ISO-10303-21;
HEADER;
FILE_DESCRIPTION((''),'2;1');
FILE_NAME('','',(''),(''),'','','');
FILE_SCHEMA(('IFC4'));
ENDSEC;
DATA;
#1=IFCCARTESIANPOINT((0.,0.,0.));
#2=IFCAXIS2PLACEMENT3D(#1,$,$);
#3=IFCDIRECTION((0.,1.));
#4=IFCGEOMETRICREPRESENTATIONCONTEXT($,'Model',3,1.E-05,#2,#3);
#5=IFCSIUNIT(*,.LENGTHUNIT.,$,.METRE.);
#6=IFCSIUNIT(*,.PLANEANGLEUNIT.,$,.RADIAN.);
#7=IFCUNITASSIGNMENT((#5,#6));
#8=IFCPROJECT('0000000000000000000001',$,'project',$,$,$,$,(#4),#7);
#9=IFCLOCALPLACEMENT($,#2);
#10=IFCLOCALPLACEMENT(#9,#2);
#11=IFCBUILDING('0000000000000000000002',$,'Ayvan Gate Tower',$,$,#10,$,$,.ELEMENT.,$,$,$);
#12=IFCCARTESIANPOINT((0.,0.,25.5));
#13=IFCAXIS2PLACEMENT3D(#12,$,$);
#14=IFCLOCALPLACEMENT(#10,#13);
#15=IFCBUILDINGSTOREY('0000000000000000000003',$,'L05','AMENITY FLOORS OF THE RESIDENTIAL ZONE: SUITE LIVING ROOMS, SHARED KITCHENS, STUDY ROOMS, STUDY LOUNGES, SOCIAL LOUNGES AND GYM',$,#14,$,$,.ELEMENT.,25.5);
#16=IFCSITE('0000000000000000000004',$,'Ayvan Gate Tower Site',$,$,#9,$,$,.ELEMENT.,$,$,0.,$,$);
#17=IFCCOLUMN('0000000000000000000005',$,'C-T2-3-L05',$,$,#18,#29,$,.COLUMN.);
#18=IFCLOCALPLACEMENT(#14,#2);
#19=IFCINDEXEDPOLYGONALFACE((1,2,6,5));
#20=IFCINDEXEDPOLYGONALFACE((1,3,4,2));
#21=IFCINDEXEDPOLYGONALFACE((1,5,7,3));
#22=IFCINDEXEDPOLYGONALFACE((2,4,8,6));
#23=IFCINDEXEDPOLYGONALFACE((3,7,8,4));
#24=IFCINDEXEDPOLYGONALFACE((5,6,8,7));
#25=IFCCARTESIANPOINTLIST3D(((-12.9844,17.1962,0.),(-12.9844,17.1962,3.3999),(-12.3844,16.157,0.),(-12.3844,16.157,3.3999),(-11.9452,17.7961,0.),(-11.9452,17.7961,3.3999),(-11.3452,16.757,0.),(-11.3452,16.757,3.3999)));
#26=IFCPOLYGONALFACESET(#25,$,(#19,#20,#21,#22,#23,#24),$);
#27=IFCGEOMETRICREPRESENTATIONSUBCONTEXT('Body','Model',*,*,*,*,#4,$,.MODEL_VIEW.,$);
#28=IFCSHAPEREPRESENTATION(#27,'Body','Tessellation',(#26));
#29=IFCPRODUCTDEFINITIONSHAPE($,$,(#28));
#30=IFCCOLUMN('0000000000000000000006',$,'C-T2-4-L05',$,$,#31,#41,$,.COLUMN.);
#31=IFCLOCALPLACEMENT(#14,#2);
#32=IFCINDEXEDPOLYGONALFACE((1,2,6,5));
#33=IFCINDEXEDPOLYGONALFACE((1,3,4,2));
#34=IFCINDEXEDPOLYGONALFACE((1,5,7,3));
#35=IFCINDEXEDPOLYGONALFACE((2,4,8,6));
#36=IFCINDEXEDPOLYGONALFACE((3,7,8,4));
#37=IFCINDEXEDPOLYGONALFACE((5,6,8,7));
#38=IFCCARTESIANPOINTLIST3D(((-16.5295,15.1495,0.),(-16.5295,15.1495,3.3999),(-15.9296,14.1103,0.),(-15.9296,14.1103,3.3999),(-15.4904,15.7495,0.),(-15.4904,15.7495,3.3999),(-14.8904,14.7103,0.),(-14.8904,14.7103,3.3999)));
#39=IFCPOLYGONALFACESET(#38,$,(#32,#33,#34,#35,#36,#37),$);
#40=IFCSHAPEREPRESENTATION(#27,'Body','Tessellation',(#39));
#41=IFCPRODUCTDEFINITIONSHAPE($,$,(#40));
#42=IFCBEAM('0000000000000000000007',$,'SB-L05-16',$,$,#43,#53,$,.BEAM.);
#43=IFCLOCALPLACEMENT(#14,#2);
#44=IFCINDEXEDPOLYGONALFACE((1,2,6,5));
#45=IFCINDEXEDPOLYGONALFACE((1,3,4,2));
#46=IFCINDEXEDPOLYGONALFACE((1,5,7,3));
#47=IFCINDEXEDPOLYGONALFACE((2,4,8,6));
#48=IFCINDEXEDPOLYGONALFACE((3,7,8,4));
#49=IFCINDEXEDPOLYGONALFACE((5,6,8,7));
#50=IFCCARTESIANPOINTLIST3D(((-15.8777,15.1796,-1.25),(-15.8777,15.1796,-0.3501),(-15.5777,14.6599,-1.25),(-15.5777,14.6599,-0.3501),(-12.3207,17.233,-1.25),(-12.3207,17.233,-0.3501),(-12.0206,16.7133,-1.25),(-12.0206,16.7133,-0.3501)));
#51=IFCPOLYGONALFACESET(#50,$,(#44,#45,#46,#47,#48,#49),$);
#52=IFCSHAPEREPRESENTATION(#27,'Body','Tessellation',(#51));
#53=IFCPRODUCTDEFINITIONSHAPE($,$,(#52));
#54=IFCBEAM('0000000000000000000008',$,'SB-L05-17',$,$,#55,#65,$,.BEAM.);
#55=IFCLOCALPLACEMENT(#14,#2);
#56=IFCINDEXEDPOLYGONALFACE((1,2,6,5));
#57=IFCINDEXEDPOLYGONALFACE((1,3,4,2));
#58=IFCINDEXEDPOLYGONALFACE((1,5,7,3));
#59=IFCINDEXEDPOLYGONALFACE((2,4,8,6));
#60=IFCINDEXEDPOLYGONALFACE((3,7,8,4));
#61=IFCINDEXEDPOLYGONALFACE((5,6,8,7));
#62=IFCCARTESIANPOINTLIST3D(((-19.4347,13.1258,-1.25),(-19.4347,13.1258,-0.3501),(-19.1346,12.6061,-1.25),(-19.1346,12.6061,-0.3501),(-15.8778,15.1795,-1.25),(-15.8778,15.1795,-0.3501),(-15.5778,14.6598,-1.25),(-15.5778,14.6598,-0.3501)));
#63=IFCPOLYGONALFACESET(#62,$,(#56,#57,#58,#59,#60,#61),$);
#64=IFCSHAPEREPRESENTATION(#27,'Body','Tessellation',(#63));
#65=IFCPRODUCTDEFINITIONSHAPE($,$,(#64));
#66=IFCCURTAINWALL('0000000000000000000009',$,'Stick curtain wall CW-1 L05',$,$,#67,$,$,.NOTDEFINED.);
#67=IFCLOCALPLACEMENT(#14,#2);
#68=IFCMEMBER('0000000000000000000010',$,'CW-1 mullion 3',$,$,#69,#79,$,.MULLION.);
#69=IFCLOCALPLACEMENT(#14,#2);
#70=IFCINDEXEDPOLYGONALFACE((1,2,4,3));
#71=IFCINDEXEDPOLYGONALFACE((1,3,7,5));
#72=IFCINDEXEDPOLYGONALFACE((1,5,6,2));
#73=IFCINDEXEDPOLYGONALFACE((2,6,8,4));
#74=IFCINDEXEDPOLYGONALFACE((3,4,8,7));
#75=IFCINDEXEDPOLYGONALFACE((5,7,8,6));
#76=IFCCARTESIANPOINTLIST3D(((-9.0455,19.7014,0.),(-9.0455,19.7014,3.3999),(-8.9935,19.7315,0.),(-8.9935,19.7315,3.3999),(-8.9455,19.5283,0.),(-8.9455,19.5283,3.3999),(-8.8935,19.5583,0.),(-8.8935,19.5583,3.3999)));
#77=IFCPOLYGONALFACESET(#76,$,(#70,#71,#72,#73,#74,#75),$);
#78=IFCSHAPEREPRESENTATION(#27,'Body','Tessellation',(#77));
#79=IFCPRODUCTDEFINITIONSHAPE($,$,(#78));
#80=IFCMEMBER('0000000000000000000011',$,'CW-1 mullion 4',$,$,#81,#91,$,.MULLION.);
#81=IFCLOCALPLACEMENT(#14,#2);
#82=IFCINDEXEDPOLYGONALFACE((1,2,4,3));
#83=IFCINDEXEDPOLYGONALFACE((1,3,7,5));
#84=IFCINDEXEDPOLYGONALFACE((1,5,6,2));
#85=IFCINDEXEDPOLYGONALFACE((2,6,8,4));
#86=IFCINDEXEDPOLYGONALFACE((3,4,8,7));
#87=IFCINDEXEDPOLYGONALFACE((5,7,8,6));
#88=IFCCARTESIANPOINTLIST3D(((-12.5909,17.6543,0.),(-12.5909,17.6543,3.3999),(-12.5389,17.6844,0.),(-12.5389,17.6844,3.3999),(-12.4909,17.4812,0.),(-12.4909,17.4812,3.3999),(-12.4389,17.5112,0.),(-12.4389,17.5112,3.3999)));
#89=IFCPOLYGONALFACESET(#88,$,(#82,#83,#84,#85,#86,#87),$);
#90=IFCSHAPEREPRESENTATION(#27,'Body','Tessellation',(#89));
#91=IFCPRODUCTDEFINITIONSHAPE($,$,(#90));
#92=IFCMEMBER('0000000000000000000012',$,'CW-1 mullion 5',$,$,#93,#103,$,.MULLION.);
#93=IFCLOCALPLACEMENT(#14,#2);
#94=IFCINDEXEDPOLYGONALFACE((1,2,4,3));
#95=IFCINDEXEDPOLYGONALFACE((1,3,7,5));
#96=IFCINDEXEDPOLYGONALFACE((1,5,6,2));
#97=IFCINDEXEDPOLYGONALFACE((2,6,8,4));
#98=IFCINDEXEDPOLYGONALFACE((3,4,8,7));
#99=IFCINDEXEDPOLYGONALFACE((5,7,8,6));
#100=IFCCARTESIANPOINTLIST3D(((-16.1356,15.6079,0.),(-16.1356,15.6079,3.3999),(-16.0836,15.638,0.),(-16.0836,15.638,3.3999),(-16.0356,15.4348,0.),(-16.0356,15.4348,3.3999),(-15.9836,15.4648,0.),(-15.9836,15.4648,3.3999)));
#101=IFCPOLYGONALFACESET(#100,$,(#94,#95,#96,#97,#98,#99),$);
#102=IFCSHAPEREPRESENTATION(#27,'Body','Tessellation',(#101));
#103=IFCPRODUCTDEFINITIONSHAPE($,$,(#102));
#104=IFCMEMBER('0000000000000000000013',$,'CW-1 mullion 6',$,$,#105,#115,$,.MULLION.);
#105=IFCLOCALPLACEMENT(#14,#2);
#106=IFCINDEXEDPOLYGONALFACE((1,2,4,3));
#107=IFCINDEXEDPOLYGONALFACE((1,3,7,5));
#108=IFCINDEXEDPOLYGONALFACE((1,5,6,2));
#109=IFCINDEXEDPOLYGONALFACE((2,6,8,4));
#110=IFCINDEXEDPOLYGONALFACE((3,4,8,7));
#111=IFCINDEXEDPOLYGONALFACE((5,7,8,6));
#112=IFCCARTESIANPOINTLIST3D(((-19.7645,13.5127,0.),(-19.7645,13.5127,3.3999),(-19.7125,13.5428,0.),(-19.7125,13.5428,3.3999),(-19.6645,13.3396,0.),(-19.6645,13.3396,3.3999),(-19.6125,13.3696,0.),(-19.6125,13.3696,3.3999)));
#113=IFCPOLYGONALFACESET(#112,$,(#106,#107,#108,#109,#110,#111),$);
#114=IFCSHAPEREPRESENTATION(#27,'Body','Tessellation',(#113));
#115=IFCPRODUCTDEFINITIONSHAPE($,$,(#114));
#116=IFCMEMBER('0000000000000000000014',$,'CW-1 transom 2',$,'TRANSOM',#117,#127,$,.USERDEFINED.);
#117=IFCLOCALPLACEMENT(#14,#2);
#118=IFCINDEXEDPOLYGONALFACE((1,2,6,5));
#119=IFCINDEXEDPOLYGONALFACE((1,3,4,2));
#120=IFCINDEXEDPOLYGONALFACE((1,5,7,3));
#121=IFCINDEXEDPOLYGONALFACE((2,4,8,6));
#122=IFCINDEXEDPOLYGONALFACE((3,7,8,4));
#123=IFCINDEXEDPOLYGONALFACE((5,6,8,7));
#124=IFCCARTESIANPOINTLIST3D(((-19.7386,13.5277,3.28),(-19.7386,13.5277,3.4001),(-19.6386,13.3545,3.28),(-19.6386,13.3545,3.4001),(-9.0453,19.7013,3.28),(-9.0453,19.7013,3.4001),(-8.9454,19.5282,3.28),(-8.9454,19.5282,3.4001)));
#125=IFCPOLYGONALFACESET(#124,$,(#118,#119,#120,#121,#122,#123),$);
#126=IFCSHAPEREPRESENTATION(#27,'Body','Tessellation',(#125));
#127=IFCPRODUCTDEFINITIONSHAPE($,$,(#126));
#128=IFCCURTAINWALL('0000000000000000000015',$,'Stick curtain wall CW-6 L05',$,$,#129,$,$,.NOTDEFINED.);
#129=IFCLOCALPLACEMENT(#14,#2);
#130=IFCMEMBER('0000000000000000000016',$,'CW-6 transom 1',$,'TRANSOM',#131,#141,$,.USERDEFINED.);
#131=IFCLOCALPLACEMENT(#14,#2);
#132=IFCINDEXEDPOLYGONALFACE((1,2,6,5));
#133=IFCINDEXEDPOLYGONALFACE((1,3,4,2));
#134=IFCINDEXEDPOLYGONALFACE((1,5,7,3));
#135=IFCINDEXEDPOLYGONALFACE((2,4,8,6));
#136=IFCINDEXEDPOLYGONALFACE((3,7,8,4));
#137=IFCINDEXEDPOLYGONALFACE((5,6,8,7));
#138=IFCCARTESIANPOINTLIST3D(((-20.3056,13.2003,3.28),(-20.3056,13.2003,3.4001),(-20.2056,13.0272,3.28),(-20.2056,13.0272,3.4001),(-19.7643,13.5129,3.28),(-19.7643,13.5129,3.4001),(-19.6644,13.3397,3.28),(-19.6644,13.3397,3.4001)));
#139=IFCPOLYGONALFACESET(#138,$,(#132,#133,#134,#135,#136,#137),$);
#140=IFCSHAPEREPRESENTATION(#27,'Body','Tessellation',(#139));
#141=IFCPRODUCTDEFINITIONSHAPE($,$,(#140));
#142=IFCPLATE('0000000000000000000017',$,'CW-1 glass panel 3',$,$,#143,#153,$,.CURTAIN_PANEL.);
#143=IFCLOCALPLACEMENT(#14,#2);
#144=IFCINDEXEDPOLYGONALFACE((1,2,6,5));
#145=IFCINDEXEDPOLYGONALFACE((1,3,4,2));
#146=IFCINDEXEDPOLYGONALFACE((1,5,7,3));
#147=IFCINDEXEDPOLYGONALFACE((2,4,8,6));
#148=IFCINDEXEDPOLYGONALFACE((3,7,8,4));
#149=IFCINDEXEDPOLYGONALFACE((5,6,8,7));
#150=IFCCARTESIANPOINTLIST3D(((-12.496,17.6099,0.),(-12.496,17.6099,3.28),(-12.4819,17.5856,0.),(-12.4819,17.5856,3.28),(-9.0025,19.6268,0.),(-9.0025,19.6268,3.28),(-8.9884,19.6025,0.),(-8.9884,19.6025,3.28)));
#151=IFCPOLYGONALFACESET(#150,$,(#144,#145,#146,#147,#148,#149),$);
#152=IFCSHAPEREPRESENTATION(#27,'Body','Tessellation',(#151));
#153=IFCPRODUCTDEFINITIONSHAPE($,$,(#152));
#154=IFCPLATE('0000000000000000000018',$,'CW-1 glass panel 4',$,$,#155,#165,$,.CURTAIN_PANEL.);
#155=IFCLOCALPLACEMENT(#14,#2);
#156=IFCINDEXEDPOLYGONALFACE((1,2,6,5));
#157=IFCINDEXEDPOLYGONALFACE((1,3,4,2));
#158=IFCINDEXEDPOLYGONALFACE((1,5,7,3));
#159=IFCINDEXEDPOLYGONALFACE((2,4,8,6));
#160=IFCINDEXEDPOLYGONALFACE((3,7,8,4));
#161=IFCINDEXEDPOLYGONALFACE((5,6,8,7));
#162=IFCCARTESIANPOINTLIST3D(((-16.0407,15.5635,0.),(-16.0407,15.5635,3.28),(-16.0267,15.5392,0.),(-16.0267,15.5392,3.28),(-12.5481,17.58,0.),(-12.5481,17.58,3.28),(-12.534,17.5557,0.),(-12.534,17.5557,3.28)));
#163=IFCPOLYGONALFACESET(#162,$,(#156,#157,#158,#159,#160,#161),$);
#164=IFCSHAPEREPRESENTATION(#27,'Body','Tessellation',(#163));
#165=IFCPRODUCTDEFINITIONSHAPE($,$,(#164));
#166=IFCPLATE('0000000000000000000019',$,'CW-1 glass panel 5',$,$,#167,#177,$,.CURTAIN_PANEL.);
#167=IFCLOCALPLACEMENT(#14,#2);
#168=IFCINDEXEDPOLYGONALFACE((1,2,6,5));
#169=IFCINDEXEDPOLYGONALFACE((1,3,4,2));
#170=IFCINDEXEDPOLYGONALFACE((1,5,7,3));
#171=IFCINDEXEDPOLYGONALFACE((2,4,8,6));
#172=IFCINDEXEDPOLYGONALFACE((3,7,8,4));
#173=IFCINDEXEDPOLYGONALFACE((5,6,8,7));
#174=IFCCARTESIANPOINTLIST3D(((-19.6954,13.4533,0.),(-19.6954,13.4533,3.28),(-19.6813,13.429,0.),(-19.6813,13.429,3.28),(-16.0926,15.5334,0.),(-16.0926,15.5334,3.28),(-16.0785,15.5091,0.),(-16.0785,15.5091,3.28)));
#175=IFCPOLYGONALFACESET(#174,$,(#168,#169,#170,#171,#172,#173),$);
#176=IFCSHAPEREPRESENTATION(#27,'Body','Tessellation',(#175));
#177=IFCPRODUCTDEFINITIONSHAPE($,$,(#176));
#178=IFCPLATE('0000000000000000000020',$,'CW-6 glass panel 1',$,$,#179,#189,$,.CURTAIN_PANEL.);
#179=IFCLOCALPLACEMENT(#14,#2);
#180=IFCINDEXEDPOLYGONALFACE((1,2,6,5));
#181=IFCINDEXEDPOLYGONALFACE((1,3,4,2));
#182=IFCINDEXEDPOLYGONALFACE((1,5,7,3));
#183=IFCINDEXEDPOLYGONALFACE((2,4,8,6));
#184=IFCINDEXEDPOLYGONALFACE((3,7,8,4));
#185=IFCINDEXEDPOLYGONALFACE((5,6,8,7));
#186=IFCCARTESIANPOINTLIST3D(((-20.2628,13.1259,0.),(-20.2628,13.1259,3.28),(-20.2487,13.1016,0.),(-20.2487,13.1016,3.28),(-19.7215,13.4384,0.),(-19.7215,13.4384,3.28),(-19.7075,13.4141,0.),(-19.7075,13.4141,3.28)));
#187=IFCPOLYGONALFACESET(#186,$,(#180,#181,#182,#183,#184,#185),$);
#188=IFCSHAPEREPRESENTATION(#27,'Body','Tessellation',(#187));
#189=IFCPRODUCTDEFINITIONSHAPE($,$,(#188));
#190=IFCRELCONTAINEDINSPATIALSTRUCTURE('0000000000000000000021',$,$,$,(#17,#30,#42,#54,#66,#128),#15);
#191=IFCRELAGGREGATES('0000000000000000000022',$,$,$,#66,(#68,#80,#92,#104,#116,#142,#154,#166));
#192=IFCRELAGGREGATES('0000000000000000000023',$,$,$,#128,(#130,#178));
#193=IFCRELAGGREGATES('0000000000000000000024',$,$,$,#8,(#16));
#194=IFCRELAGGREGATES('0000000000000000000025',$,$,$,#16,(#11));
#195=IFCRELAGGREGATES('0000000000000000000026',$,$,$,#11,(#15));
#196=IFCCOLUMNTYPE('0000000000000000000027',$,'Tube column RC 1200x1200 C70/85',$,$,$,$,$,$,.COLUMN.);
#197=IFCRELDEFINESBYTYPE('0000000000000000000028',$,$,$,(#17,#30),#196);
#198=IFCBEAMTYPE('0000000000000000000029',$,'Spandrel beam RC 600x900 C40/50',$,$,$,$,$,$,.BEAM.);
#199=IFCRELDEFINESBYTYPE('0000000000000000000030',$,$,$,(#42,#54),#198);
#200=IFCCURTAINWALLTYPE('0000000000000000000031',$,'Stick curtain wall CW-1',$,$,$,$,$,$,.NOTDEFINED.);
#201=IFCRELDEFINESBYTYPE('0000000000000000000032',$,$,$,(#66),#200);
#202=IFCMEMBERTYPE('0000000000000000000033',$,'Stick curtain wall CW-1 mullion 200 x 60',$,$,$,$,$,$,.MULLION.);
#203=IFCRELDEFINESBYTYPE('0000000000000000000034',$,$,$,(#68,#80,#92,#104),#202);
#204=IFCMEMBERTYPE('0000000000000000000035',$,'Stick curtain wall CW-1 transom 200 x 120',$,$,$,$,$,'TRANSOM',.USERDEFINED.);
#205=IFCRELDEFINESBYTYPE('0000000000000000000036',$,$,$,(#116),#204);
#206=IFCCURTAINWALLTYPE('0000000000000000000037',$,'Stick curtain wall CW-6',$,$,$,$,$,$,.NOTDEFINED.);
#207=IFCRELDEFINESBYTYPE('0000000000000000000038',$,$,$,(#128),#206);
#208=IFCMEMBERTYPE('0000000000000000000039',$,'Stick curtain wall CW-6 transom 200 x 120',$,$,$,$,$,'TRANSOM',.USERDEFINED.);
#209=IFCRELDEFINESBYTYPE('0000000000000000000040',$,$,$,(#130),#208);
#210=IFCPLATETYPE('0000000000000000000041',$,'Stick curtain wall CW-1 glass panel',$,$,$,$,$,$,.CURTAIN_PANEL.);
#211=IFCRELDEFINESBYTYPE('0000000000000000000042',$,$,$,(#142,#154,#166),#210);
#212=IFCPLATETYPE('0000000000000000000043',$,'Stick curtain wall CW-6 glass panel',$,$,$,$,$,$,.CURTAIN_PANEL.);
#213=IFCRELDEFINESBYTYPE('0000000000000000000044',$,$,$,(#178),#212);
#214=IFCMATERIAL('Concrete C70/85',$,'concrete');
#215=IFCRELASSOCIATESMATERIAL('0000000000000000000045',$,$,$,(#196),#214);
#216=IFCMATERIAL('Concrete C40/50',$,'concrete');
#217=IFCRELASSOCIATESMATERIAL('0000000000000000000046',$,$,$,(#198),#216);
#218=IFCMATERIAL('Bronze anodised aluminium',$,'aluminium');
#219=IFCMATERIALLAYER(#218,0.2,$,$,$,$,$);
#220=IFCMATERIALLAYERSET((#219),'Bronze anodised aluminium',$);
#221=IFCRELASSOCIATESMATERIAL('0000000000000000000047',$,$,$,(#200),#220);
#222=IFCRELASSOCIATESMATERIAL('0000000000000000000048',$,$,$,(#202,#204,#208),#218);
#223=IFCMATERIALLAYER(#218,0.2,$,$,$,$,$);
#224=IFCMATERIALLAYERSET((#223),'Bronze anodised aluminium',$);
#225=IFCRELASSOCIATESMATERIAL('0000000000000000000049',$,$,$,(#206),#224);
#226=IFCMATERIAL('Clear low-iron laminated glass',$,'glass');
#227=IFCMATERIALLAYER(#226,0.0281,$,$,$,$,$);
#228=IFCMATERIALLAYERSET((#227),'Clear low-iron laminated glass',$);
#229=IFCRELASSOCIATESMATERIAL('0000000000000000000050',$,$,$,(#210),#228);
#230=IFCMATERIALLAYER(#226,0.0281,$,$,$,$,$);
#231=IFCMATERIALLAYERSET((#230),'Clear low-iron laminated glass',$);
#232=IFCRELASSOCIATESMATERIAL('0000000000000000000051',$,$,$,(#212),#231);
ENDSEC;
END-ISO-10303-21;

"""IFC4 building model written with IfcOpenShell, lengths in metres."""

from ifc_helpers import new_model, si_unit, direction, frame, origin, origin_2d, place, context, subcontext, project, spatial, rectangle, extrude, material, layer, layer_set, material_profile, profile_set, type_object, element, aggregate, save


model = new_model("IFC4")

# Units and contexts
model_context = context("Model", 3, precision=1e-05, world=origin(), true_north=direction((0.0, 1.0)))
body_context = subcontext(model_context, "Body", "Model", "MODEL_VIEW")
ifc_project = project(units=[si_unit("LENGTHUNIT", "METRE"), si_unit("PLANEANGLEUNIT", "RADIAN")], contexts=[model_context])

# Site, building, storey
site_placement = place(None, origin())
site = spatial("IfcSite", under=ifc_project, at=site_placement, Name="Ayvan Gate Tower Site", CompositionType="ELEMENT", RefElevation=0.0)
building_placement = place(site_placement, origin())
building = spatial("IfcBuilding", under=site, at=building_placement, Name="Ayvan Gate Tower", CompositionType="ELEMENT")
storey_placement = place(building_placement, frame((0.0, 0.0, 25.5)))
storey = spatial("IfcBuildingStorey", under=building, at=storey_placement, Name="L05", Description="AMENITY FLOORS OF THE RESIDENTIAL ZONE: SUITE LIVING ROOMS, SHARED KITCHENS, STUDY ROOMS, STUDY LOUNGES, SOCIAL LOUNGES AND GYM", CompositionType="ELEMENT", Elevation=25.5)

# Columns
ifc_material_1 = material(Name="Concrete C70/85", Category="concrete")
ifc_material_profile_1 = material_profile(ifc_material_1, rectangle(XDim=1.2, YDim=1.2, at=origin_2d()), Name="RC 1200x1200")
ifc_profile_set_1 = profile_set([ifc_material_profile_1], Name="Concrete C70/85")
column_type = type_object("IfcColumnType", Name="Tube column RC 1200x1200 C70/85", PredefinedType="COLUMN", material=ifc_profile_set_1)
for number, where, z_axis, x_axis, name in (
    (1, (-12.1648, 16.9766, 0.0), (0.0, 0.0, 1.0), (-0.5, 0.866025, 0.0), "C-T2-3-L05"),
    (2, (-15.71, 14.9299, 0.0), (0.0, 0.0, 1.0), (-0.5, 0.866025, 0.0), "C-T2-4-L05"),
):
    element("IfcColumn", number, at=place(storey_placement, frame(where, z_axis=z_axis, x_axis=x_axis)), inside=storey, type_object=column_type, Name=name, PredefinedType="COLUMN", context=body_context, shape_type="SweptSolid", body=[
        extrude(rectangle(XDim=1.2, YDim=1.2, at=origin_2d()), origin(), (0.0, 0.0, 1.0), 3.3999),
    ])

# Beams
ifc_material_2 = material(Name="Concrete C40/50", Category="concrete")
ifc_material_profile_2 = material_profile(ifc_material_2, rectangle(XDim=0.6001, YDim=0.8999, at=origin_2d()), Name="RC 600x900")
ifc_profile_set_2 = profile_set([ifc_material_profile_2], Name="Concrete C40/50")
beam_type = type_object("IfcBeamType", Name="Spandrel beam RC 600x900 C40/50", PredefinedType="BEAM", material=ifc_profile_set_2)
for number, where, z_axis, x_axis, name in (
    (3, (-12.1707, 16.9731, -0.8), (-0.866051, -0.499956, 0.0), (0.499956, -0.866051, 0.0), "SB-L05-16"),
    (4, (-15.7278, 14.9197, -0.8), (-0.86601, -0.500026, 0.0), (0.500026, -0.86601, 0.0), "SB-L05-17"),
):
    element("IfcBeam", number, at=place(storey_placement, frame(where, z_axis=z_axis, x_axis=x_axis)), inside=storey, type_object=beam_type, Name=name, PredefinedType="BEAM", context=body_context, shape_type="SweptSolid", body=[
        extrude(rectangle(XDim=0.6001, YDim=0.8999, at=origin_2d()), origin(), (0.0, 0.0, 1.0), 4.1072),
    ])

# Curtain wall, members
ifc_material_3 = material(Name="Bronze anodised aluminium", Category="aluminium")
ifc_layer_1 = layer(ifc_material_3, 0.2)
ifc_layer_set_1 = layer_set([ifc_layer_1], Name="Bronze anodised aluminium")
curtain_wall_type_1 = type_object("IfcCurtainWallType", Name="Stick curtain wall CW-1", PredefinedType="NOTDEFINED", material=ifc_layer_set_1)
curtain_wall_1_placement = place(storey_placement, origin())
curtain_wall_1 = element("IfcCurtainWall", 5, at=curtain_wall_1_placement, inside=storey, type_object=curtain_wall_type_1, Name="Stick curtain wall CW-1 L05", PredefinedType="NOTDEFINED")
ifc_material_profile_3 = material_profile(ifc_material_3, rectangle(XDim=0.2, YDim=0.0601, at=origin_2d()), Name="Stick curtain wall CW-1 mullion 200 x 60")
ifc_profile_set_3 = profile_set([ifc_material_profile_3], Name="Bronze anodised aluminium")
member_type_1 = type_object("IfcMemberType", Name="Stick curtain wall CW-1 mullion 200 x 60", PredefinedType="MULLION", material=ifc_profile_set_3)
member_1_placement = place(storey_placement, frame((-8.9695, 19.6299, 0.0), z_axis=(0.0, 0.0, 1.0), x_axis=(-0.5, 0.866025, 0.0)))
member_1 = element("IfcMember", 6, at=member_1_placement, type_object=member_type_1, Name="CW-1 mullion 3", PredefinedType="MULLION", context=body_context, shape_type="SweptSolid", body=[
    extrude(rectangle(XDim=0.2, YDim=0.0601, at=origin_2d()), origin(), (0.0, 0.0, 1.0), 3.3999),
])
member_2_placement = place(storey_placement, frame((-12.5149, 17.5828, 0.0), z_axis=(0.0, 0.0, 1.0), x_axis=(-0.5, 0.866025, 0.0)))
member_2 = element("IfcMember", 7, at=member_2_placement, type_object=member_type_1, Name="CW-1 mullion 4", PredefinedType="MULLION", context=body_context, shape_type="SweptSolid", body=[
    extrude(rectangle(XDim=0.2, YDim=0.0601, at=origin_2d()), origin(), (0.0, 0.0, 1.0), 3.3999),
])
member_3_placement = place(storey_placement, frame((-16.0596, 15.5364, 0.0), z_axis=(0.0, 0.0, 1.0), x_axis=(-0.5, 0.866025, 0.0)))
member_3 = element("IfcMember", 8, at=member_3_placement, type_object=member_type_1, Name="CW-1 mullion 5", PredefinedType="MULLION", context=body_context, shape_type="SweptSolid", body=[
    extrude(rectangle(XDim=0.2, YDim=0.0601, at=origin_2d()), origin(), (0.0, 0.0, 1.0), 3.3999),
])
member_4_placement = place(storey_placement, frame((-19.6885, 13.4412, 0.0), z_axis=(0.0, 0.0, 1.0), x_axis=(-0.5, 0.866025, 0.0)))
member_4 = element("IfcMember", 9, at=member_4_placement, type_object=member_type_1, Name="CW-1 mullion 6", PredefinedType="MULLION", context=body_context, shape_type="SweptSolid", body=[
    extrude(rectangle(XDim=0.2, YDim=0.0601, at=origin_2d()), origin(), (0.0, 0.0, 1.0), 3.3999),
])
ifc_material_profile_4 = material_profile(ifc_material_3, rectangle(XDim=0.2, YDim=0.1201, at=origin_2d()), Name="Stick curtain wall CW-1 transom 200 x 120")
ifc_profile_set_4 = profile_set([ifc_material_profile_4], Name="Bronze anodised aluminium")
member_type_2 = type_object("IfcMemberType", Name="Stick curtain wall CW-1 transom 200 x 120", ElementType="TRANSOM", PredefinedType="USERDEFINED", material=ifc_profile_set_4)
member_5_placement = place(storey_placement, frame((-8.9954, 19.6147, 3.3401), z_axis=(-0.866029, -0.499995, 0.0), x_axis=(0.499995, -0.866029, 0.0)))
member_5 = element("IfcMember", 10, at=member_5_placement, type_object=member_type_2, Name="CW-1 transom 2", ObjectType="TRANSOM", PredefinedType="USERDEFINED", context=body_context, shape_type="SweptSolid", body=[
    extrude(rectangle(XDim=0.2, YDim=0.1201, at=origin_2d()), origin(), (0.0, 0.0, 1.0), 12.3474),
])

# Curtain wall, member
ifc_layer_2 = layer(ifc_material_3, 0.2)
ifc_layer_set_2 = layer_set([ifc_layer_2], Name="Bronze anodised aluminium")
curtain_wall_type_2 = type_object("IfcCurtainWallType", Name="Stick curtain wall CW-6", PredefinedType="NOTDEFINED", material=ifc_layer_set_2)
curtain_wall_2_placement = place(storey_placement, origin())
curtain_wall_2 = element("IfcCurtainWall", 11, at=curtain_wall_2_placement, inside=storey, type_object=curtain_wall_type_2, Name="Stick curtain wall CW-6 L05", PredefinedType="NOTDEFINED")
ifc_material_profile_5 = material_profile(ifc_material_3, rectangle(XDim=0.2, YDim=0.1201, at=origin_2d()), Name="Stick curtain wall CW-6 transom 200 x 120")
ifc_profile_set_5 = profile_set([ifc_material_profile_5], Name="Bronze anodised aluminium")
member_type_3 = type_object("IfcMemberType", Name="Stick curtain wall CW-6 transom 200 x 120", ElementType="TRANSOM", PredefinedType="USERDEFINED", material=ifc_profile_set_5)
member_6_placement = place(storey_placement, frame((-19.7144, 13.4263, 3.3401), z_axis=(-0.866023, -0.500004, 0.0), x_axis=(0.500004, -0.866023, 0.0)))
member_6 = element("IfcMember", 12, at=member_6_placement, type_object=member_type_3, Name="CW-6 transom 1", ObjectType="TRANSOM", PredefinedType="USERDEFINED", context=body_context, shape_type="SweptSolid", body=[
    extrude(rectangle(XDim=0.2, YDim=0.1201, at=origin_2d()), origin(), (0.0, 0.0, 1.0), 0.625),
])

# Plates
ifc_material_4 = material(Name="Clear low-iron laminated glass", Category="glass")
ifc_layer_3 = layer(ifc_material_4, 0.0281)
ifc_layer_set_3 = layer_set([ifc_layer_3], Name="Clear low-iron laminated glass")
plate_type_1 = type_object("IfcPlateType", Name="Stick curtain wall CW-1 glass panel", PredefinedType="CURTAIN_PANEL", material=ifc_layer_set_3)
plate_1_placement = place(storey_placement, frame((-10.7422, 18.6062, 0.0), z_axis=(0.0, 0.0, 1.0), x_axis=(-0.866025, -0.5, 0.0)))
plate_1 = element("IfcPlate", 13, at=plate_1_placement, type_object=plate_type_1, Name="CW-1 glass panel 3", PredefinedType="CURTAIN_PANEL", context=body_context, shape_type="SweptSolid", body=[
    extrude(rectangle(XDim=4.0339, YDim=0.0281, at=origin_2d()), origin(), (0.0, 0.0, 1.0), 3.28),
])
plate_2_placement = place(storey_placement, frame((-14.2874, 16.5596, 0.0), z_axis=(0.0, 0.0, 1.0), x_axis=(-0.866025, -0.5, 0.0)))
plate_2 = element("IfcPlate", 14, at=plate_2_placement, type_object=plate_type_1, Name="CW-1 glass panel 4", PredefinedType="CURTAIN_PANEL", context=body_context, shape_type="SweptSolid", body=[
    extrude(rectangle(XDim=4.033, YDim=0.0281, at=origin_2d()), origin(), (0.0, 0.0, 1.0), 3.28),
])
plate_3_placement = place(storey_placement, frame((-17.887, 14.4812, 0.0), z_axis=(0.0, 0.0, 1.0), x_axis=(-0.866025, -0.5, 0.0)))
plate_3 = element("IfcPlate", 15, at=plate_3_placement, type_object=plate_type_1, Name="CW-1 glass panel 5", PredefinedType="CURTAIN_PANEL", context=body_context, shape_type="SweptSolid", body=[
    extrude(rectangle(XDim=4.1602, YDim=0.0281, at=origin_2d()), origin(), (0.0, 0.0, 1.0), 3.28),
])
aggregate(curtain_wall_1, [member_1, member_2, member_3, member_4, member_5, plate_1, plate_2, plate_3])
ifc_layer_4 = layer(ifc_material_4, 0.0281)
ifc_layer_set_4 = layer_set([ifc_layer_4], Name="Clear low-iron laminated glass")
plate_type_2 = type_object("IfcPlateType", Name="Stick curtain wall CW-6 glass panel", PredefinedType="CURTAIN_PANEL", material=ifc_layer_set_4)
plate_4_placement = place(storey_placement, frame((-19.9851, 13.27, 0.0), z_axis=(0.0, 0.0, 1.0), x_axis=(-0.866025, -0.5, 0.0)))
plate_4 = element("IfcPlate", 16, at=plate_4_placement, type_object=plate_type_2, Name="CW-6 glass panel 1", PredefinedType="CURTAIN_PANEL", context=body_context, shape_type="SweptSolid", body=[
    extrude(rectangle(XDim=0.625, YDim=0.0281, at=origin_2d()), origin(), (0.0, 0.0, 1.0), 3.28),
])
aggregate(curtain_wall_2, [member_6, plate_4])

save(model, "model.ifc")
